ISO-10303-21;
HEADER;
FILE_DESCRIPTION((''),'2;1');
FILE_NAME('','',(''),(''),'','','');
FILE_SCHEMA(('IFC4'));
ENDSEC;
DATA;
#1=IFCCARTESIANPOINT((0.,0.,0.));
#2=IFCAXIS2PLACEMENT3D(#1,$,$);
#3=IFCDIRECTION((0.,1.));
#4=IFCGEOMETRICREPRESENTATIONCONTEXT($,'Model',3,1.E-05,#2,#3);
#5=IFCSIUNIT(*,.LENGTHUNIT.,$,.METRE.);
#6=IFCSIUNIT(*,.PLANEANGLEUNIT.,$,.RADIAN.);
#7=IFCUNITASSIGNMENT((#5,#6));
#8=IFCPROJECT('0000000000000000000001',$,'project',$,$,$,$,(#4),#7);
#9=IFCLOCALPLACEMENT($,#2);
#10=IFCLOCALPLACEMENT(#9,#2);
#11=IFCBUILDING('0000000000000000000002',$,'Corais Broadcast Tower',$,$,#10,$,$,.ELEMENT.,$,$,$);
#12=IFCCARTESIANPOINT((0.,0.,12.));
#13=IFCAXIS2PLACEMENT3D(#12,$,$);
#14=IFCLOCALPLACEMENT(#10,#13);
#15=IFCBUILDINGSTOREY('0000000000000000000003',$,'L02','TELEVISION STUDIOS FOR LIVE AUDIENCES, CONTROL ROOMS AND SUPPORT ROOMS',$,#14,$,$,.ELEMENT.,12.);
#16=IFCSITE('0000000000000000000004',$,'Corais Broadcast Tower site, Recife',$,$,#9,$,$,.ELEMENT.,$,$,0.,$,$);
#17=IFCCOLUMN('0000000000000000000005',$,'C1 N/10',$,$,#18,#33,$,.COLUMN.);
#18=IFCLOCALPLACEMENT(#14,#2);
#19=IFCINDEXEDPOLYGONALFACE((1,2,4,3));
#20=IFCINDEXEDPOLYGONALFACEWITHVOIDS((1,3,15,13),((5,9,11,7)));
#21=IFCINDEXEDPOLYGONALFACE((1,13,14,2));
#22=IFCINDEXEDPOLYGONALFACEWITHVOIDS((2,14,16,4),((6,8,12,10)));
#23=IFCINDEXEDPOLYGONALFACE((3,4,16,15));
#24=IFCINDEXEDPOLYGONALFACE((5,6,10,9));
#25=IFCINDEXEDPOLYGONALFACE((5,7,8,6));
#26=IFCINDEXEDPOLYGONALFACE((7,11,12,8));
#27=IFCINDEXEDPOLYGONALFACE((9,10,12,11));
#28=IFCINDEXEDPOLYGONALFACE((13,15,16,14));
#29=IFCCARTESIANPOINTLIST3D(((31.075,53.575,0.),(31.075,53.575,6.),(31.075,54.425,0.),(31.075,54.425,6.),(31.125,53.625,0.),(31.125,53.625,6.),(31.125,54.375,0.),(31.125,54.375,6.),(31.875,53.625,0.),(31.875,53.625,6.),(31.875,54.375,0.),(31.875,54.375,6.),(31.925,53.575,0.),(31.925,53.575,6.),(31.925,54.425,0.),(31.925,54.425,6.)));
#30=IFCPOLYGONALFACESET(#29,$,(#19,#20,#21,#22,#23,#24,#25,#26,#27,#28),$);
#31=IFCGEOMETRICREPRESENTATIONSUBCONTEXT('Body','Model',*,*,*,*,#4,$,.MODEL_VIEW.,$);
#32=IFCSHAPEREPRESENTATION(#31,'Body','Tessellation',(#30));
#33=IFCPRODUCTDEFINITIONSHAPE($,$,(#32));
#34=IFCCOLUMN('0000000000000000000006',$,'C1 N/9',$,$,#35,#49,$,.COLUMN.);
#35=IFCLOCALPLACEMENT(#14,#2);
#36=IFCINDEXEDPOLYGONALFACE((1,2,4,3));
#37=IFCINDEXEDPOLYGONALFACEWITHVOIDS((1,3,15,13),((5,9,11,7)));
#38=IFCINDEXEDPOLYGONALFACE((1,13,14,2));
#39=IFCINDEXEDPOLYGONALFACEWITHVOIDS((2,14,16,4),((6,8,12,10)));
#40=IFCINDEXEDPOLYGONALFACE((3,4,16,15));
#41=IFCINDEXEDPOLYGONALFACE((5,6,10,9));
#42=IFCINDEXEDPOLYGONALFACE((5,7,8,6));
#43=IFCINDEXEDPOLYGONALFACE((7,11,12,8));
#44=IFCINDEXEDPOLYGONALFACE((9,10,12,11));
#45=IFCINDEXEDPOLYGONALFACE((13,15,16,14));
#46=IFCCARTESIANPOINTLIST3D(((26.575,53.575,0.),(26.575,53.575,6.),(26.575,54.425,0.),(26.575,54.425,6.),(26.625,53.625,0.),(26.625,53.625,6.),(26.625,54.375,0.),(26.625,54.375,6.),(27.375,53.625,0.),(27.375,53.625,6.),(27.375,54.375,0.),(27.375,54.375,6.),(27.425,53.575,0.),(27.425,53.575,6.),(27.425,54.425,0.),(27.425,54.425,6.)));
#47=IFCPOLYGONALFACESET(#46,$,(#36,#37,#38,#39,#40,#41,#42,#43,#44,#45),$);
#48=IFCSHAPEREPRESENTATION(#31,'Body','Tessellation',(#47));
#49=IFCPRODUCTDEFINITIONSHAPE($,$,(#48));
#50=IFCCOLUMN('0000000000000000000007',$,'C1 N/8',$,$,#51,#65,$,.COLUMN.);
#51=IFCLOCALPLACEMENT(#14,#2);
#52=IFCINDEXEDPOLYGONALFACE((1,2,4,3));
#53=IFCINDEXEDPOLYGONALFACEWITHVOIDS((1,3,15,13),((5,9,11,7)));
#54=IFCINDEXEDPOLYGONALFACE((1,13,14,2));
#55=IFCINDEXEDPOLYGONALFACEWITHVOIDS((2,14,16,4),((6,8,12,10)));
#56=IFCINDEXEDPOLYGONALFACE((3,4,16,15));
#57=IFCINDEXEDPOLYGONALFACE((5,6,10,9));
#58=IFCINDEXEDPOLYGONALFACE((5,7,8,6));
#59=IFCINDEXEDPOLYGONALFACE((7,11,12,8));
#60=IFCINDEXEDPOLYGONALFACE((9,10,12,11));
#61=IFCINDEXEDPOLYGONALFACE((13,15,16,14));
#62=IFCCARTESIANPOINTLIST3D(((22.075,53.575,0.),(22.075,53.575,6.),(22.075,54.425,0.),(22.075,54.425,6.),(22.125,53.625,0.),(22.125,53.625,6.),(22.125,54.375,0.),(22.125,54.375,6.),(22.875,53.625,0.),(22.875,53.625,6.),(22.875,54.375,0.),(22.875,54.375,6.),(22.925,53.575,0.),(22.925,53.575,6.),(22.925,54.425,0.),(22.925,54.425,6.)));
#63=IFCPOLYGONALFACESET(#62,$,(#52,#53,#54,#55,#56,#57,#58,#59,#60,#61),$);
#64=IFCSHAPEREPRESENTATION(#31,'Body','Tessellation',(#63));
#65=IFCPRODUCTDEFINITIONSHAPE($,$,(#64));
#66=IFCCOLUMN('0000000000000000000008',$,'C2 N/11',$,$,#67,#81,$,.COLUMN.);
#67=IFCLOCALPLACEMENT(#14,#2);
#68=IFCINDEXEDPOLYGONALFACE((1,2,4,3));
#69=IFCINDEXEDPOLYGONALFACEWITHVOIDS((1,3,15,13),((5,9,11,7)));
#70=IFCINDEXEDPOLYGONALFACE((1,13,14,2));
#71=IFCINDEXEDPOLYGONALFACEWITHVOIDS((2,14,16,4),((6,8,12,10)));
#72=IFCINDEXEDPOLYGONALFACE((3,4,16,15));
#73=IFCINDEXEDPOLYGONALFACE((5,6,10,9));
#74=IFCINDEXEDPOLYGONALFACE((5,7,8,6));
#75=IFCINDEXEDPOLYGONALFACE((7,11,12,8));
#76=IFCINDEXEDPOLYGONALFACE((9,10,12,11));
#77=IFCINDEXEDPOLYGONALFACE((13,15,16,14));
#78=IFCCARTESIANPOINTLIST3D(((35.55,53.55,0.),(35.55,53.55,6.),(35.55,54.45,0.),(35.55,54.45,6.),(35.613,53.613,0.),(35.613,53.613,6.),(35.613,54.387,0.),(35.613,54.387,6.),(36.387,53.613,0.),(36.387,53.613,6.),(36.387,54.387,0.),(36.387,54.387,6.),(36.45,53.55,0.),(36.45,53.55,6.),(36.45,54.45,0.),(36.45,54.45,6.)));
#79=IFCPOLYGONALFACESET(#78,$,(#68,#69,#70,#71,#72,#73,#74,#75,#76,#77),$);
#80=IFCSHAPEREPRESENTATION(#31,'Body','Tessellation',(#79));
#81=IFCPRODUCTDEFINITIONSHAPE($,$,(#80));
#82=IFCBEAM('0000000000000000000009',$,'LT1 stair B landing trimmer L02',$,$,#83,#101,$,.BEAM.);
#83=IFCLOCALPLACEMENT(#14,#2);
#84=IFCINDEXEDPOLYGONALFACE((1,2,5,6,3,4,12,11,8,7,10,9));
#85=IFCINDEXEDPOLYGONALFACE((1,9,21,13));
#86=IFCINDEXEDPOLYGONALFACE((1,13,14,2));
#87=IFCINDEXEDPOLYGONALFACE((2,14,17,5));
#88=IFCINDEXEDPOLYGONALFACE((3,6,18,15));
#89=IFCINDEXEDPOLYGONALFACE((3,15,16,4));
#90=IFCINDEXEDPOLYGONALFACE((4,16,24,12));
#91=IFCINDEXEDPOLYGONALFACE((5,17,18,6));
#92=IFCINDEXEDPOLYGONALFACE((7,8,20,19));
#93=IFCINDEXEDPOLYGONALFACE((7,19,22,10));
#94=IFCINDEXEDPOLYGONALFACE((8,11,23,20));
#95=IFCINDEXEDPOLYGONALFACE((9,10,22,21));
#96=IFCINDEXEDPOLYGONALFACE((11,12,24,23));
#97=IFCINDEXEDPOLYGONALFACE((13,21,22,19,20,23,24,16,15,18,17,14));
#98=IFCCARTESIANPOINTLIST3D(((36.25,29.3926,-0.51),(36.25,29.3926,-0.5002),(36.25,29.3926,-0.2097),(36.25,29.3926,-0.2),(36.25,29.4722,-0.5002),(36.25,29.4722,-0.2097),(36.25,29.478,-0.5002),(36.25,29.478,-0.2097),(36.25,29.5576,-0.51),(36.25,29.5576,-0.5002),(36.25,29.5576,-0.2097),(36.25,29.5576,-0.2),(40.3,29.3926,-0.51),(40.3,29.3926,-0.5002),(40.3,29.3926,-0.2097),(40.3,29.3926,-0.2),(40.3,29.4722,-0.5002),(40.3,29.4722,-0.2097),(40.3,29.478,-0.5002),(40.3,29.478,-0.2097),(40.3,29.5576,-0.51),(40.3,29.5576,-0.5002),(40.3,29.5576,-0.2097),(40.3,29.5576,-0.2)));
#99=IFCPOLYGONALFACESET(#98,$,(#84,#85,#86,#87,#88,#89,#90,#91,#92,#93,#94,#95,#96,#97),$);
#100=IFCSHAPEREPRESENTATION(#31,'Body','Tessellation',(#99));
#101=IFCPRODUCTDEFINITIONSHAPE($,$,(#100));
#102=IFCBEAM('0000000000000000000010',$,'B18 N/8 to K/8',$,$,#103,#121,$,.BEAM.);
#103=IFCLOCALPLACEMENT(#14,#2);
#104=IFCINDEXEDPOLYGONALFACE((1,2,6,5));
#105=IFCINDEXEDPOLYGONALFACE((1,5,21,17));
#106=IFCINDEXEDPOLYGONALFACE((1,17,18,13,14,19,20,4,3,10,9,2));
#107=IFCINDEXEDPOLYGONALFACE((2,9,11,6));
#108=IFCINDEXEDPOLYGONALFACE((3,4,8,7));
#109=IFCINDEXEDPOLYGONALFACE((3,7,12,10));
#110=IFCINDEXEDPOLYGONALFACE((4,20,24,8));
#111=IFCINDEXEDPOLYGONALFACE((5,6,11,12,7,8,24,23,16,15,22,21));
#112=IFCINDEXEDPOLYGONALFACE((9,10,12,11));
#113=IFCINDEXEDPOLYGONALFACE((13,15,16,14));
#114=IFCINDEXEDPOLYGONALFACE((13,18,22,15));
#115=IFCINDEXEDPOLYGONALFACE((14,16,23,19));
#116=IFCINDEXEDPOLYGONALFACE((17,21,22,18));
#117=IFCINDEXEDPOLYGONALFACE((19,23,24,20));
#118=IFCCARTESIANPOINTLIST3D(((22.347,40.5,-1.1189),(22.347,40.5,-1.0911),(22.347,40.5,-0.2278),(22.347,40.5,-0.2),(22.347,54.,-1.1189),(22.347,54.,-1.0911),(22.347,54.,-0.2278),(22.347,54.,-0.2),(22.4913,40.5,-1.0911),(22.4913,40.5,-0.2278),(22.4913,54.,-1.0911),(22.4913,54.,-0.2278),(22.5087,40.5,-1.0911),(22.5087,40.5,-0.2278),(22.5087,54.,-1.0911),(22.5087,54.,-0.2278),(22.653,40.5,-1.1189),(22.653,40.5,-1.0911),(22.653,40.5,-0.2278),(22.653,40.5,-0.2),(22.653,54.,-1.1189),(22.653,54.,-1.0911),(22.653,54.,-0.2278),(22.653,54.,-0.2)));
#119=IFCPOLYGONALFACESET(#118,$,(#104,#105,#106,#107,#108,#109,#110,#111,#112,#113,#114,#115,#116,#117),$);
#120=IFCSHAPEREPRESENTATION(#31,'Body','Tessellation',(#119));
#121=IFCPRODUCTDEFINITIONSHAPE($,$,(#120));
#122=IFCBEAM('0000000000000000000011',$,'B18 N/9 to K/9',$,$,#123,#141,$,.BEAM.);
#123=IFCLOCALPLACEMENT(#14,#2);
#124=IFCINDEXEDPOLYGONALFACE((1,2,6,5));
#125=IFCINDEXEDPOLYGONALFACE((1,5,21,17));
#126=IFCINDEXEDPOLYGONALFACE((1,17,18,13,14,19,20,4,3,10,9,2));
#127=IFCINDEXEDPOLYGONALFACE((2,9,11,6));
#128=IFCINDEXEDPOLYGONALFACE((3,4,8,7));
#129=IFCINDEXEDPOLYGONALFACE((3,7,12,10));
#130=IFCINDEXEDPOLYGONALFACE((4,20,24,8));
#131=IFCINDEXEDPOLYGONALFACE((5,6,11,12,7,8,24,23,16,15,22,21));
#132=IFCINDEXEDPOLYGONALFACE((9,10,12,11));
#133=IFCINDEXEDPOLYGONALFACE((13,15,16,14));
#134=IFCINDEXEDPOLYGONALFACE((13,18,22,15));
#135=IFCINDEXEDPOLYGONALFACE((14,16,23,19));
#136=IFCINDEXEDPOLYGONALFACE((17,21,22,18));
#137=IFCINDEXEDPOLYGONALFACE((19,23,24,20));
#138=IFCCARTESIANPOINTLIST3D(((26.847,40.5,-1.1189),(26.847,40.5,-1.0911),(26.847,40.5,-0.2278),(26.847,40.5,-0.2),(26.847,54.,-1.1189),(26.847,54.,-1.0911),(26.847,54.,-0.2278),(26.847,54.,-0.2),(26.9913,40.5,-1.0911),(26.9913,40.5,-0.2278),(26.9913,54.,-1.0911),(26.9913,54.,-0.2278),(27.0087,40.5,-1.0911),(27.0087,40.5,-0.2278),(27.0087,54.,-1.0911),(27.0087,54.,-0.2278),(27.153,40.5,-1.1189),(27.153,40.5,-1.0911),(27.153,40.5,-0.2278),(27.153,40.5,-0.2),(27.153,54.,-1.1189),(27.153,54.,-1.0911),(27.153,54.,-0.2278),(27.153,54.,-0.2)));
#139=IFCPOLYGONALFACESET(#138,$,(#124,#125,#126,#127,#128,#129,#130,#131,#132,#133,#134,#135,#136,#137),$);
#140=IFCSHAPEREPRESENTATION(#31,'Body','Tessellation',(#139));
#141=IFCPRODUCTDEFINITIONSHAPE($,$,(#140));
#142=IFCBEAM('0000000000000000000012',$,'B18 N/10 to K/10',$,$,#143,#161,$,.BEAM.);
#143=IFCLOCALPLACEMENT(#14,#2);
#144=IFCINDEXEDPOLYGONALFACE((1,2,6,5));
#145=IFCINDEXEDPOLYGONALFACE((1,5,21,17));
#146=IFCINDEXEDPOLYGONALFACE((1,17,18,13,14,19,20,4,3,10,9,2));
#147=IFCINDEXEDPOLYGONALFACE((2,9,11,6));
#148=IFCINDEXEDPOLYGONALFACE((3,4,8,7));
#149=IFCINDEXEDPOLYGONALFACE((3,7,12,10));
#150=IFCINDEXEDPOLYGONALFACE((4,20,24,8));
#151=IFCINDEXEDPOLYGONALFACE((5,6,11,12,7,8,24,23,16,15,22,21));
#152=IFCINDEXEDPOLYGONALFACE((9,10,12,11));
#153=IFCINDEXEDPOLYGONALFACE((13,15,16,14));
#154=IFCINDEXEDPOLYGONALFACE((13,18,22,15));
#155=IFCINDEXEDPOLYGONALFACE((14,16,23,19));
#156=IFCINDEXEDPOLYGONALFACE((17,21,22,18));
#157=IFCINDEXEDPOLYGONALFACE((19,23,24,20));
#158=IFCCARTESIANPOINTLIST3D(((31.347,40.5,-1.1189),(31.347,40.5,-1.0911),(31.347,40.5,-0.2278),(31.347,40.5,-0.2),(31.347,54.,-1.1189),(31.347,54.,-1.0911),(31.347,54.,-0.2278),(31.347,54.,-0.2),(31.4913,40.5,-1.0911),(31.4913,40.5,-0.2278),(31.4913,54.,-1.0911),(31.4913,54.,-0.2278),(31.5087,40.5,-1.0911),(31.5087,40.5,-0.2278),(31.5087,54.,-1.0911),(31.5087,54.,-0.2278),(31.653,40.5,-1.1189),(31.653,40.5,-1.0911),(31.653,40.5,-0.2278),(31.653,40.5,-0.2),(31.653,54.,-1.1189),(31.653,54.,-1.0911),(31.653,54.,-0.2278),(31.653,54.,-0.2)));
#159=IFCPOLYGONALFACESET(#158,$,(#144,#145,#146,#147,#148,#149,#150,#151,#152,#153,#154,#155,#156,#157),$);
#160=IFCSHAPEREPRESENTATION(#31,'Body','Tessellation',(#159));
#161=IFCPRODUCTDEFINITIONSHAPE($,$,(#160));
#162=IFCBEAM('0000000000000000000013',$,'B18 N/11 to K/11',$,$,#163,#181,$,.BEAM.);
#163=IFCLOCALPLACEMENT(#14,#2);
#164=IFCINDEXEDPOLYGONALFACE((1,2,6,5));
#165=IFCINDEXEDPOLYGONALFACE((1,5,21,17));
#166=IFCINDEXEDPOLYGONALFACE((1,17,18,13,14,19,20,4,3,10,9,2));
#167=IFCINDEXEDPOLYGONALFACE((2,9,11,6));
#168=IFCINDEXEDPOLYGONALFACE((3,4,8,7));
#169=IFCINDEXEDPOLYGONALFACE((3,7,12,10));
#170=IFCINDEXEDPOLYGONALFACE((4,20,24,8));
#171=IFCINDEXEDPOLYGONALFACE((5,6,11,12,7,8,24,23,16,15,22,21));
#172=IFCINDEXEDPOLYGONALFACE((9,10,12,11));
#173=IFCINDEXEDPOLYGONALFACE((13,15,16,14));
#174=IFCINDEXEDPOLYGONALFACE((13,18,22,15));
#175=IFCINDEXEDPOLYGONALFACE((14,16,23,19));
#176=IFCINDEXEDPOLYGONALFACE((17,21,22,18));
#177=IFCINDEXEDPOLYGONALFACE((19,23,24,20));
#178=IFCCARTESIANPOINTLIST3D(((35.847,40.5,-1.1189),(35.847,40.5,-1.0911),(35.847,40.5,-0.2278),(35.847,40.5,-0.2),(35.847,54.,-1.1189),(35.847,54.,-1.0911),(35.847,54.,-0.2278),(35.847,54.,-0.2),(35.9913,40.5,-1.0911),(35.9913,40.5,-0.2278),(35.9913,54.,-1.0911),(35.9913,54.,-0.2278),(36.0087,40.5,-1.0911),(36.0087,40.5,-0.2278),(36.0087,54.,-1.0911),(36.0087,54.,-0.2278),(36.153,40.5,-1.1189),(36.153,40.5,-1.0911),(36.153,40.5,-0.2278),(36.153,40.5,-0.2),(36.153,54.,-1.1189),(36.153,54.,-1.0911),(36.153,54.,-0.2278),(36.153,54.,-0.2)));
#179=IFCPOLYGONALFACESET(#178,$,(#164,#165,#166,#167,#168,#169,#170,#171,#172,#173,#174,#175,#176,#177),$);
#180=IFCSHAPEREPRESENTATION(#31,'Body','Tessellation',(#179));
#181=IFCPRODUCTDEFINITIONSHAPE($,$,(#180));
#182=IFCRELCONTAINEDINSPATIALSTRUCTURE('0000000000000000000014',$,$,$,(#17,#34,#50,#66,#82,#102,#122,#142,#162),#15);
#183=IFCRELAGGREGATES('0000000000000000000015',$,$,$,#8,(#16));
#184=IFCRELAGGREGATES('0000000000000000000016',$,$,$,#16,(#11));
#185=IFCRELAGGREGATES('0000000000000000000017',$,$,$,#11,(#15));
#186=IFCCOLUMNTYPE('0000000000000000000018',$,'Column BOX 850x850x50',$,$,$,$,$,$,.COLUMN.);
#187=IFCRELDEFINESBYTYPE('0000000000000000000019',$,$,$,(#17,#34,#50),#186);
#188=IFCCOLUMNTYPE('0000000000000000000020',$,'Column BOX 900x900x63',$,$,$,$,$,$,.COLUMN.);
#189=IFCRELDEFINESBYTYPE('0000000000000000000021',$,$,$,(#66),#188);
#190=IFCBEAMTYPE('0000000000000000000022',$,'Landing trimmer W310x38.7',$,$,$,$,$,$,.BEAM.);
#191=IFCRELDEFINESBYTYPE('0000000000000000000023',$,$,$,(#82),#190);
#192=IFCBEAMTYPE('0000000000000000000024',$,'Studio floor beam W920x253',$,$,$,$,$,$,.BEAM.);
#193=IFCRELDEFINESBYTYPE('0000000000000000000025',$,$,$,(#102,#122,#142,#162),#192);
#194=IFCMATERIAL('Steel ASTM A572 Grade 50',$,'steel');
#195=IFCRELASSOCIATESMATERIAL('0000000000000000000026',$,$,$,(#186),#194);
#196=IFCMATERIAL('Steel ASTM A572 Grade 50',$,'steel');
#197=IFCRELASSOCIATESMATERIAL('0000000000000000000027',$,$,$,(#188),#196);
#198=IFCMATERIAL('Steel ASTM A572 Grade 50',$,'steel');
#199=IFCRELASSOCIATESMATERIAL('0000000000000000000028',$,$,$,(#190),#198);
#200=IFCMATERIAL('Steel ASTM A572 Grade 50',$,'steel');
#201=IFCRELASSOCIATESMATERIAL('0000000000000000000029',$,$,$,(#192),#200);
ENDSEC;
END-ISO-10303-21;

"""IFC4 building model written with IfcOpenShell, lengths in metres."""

from ifc_helpers import new_model, si_unit, direction, frame, origin, origin_2d, place, context, subcontext, project, spatial, hollow_rectangle, i_section, extrude, material, material_profile, profile_set, type_object, element, save


model = new_model("IFC4")

# Units and contexts
model_context = context("Model", 3, precision=1e-05, world=origin(), true_north=direction((0.0, 1.0)))
body_context = subcontext(model_context, "Body", "Model", "MODEL_VIEW")
ifc_project = project(units=[si_unit("LENGTHUNIT", "METRE"), si_unit("PLANEANGLEUNIT", "RADIAN")], contexts=[model_context])

# Site, building, storey
site_placement = place(None, origin())
site = spatial("IfcSite", under=ifc_project, at=site_placement, Name="Corais Broadcast Tower site, Recife", CompositionType="ELEMENT", RefElevation=0.0)
building_placement = place(site_placement, origin())
building = spatial("IfcBuilding", under=site, at=building_placement, Name="Corais Broadcast Tower", CompositionType="ELEMENT")
storey_placement = place(building_placement, frame((0.0, 0.0, 12.0)))
storey = spatial("IfcBuildingStorey", under=building, at=storey_placement, Name="L02", Description="TELEVISION STUDIOS FOR LIVE AUDIENCES, CONTROL ROOMS AND SUPPORT ROOMS", CompositionType="ELEMENT", Elevation=12.0)

# Columns
ifc_material_1 = material(Name="Steel ASTM A572 Grade 50", Category="steel")
ifc_material_profile_1 = material_profile(ifc_material_1, hollow_rectangle(XDim=0.8501, YDim=0.8501, WallThickness=0.05, at=origin_2d()), Name="BOX 850x850x50")
ifc_profile_set_1 = profile_set([ifc_material_profile_1], Name="Steel ASTM A572 Grade 50")
column_type_1 = type_object("IfcColumnType", Name="Column BOX 850x850x50", PredefinedType="COLUMN", material=ifc_profile_set_1)
for number, where, z_axis, x_axis, name in (
    (1, (31.5, 54.0, 0.0), (0.0, 0.0, 1.0), (1.0, 0.0, 0.0), "C1 N/10"),
    (2, (27.0, 54.0, 0.0), (0.0, 0.0, 1.0), (1.0, 0.0, 0.0), "C1 N/9"),
    (3, (22.5, 54.0, 0.0), (0.0, 0.0, 1.0), (1.0, 0.0, 0.0), "C1 N/8"),
):
    element("IfcColumn", number, at=place(storey_placement, frame(where, z_axis=z_axis, x_axis=x_axis)), inside=storey, type_object=column_type_1, Name=name, PredefinedType="COLUMN", context=body_context, shape_type="SweptSolid", body=[
        extrude(hollow_rectangle(XDim=0.8501, YDim=0.8501, WallThickness=0.05, at=origin_2d()), origin(), (0.0, 0.0, 1.0), 6.0),
    ])
ifc_material_2 = material(Name="Steel ASTM A572 Grade 50", Category="steel")
ifc_material_profile_2 = material_profile(ifc_material_2, hollow_rectangle(XDim=0.8999, YDim=0.8999, WallThickness=0.063, at=origin_2d()), Name="BOX 900x900x63")
ifc_profile_set_2 = profile_set([ifc_material_profile_2], Name="Steel ASTM A572 Grade 50")
column_type_2 = type_object("IfcColumnType", Name="Column BOX 900x900x63", PredefinedType="COLUMN", material=ifc_profile_set_2)
column_placement = place(storey_placement, frame((36.0, 54.0, 0.0), z_axis=(0.0, 0.0, 1.0), x_axis=(1.0, 0.0, 0.0)))
element("IfcColumn", 4, at=column_placement, inside=storey, type_object=column_type_2, Name="C2 N/11", PredefinedType="COLUMN", context=body_context, shape_type="SweptSolid", body=[
    extrude(hollow_rectangle(XDim=0.8999, YDim=0.8999, WallThickness=0.063, at=origin_2d()), origin(), (0.0, 0.0, 1.0), 6.0),
])

# Beams
ifc_material_3 = material(Name="Steel ASTM A572 Grade 50", Category="steel")
ifc_material_profile_3 = material_profile(ifc_material_3, i_section(OverallWidth=0.165, OverallDepth=0.3101, WebThickness=0.0059, FlangeThickness=0.0098, at=origin_2d()), Name="W310x38.7")
ifc_profile_set_3 = profile_set([ifc_material_profile_3], Name="Steel ASTM A572 Grade 50")
beam_type_1 = type_object("IfcBeamType", Name="Landing trimmer W310x38.7", PredefinedType="BEAM", material=ifc_profile_set_3)
beam_placement = place(storey_placement, frame((36.25, 29.4751, -0.355), z_axis=(1.0, 0.0, 0.0), x_axis=(0.0, 1.0, 0.0)))
element("IfcBeam", 5, at=beam_placement, inside=storey, type_object=beam_type_1, Name="LT1 stair B landing trimmer L02", PredefinedType="BEAM", context=body_context, shape_type="SweptSolid", body=[
    extrude(i_section(OverallWidth=0.165, OverallDepth=0.3101, WebThickness=0.0059, FlangeThickness=0.0098, at=origin_2d()), origin(), (0.0, 0.0, 1.0), 4.05),
])
ifc_material_4 = material(Name="Steel ASTM A572 Grade 50", Category="steel")
ifc_material_profile_4 = material_profile(ifc_material_4, i_section(OverallWidth=0.3059, OverallDepth=0.9189, WebThickness=0.0173, FlangeThickness=0.0278, at=origin_2d()), Name="W920x253")
ifc_profile_set_4 = profile_set([ifc_material_profile_4], Name="Steel ASTM A572 Grade 50")
beam_type_2 = type_object("IfcBeamType", Name="Studio floor beam W920x253", PredefinedType="BEAM", material=ifc_profile_set_4)
for number, where, z_axis, x_axis, name in (
    (6, (22.5, 54.0, -0.6594), (0.0, -1.0, 0.0), (1.0, 0.0, 0.0), "B18 N/8 to K/8"),
    (7, (27.0, 54.0, -0.6594), (0.0, -1.0, 0.0), (1.0, 0.0, 0.0), "B18 N/9 to K/9"),
    (8, (31.5, 54.0, -0.6594), (0.0, -1.0, 0.0), (1.0, 0.0, 0.0), "B18 N/10 to K/10"),
    (9, (36.0, 54.0, -0.6594), (0.0, -1.0, 0.0), (1.0, 0.0, 0.0), "B18 N/11 to K/11"),
):
    element("IfcBeam", number, at=place(storey_placement, frame(where, z_axis=z_axis, x_axis=x_axis)), inside=storey, type_object=beam_type_2, Name=name, PredefinedType="BEAM", context=body_context, shape_type="SweptSolid", body=[
        extrude(i_section(OverallWidth=0.3059, OverallDepth=0.9189, WebThickness=0.0173, FlangeThickness=0.0278, at=origin_2d()), origin(), (0.0, 0.0, 1.0), 13.5),
    ])

save(model, "model.ifc")
